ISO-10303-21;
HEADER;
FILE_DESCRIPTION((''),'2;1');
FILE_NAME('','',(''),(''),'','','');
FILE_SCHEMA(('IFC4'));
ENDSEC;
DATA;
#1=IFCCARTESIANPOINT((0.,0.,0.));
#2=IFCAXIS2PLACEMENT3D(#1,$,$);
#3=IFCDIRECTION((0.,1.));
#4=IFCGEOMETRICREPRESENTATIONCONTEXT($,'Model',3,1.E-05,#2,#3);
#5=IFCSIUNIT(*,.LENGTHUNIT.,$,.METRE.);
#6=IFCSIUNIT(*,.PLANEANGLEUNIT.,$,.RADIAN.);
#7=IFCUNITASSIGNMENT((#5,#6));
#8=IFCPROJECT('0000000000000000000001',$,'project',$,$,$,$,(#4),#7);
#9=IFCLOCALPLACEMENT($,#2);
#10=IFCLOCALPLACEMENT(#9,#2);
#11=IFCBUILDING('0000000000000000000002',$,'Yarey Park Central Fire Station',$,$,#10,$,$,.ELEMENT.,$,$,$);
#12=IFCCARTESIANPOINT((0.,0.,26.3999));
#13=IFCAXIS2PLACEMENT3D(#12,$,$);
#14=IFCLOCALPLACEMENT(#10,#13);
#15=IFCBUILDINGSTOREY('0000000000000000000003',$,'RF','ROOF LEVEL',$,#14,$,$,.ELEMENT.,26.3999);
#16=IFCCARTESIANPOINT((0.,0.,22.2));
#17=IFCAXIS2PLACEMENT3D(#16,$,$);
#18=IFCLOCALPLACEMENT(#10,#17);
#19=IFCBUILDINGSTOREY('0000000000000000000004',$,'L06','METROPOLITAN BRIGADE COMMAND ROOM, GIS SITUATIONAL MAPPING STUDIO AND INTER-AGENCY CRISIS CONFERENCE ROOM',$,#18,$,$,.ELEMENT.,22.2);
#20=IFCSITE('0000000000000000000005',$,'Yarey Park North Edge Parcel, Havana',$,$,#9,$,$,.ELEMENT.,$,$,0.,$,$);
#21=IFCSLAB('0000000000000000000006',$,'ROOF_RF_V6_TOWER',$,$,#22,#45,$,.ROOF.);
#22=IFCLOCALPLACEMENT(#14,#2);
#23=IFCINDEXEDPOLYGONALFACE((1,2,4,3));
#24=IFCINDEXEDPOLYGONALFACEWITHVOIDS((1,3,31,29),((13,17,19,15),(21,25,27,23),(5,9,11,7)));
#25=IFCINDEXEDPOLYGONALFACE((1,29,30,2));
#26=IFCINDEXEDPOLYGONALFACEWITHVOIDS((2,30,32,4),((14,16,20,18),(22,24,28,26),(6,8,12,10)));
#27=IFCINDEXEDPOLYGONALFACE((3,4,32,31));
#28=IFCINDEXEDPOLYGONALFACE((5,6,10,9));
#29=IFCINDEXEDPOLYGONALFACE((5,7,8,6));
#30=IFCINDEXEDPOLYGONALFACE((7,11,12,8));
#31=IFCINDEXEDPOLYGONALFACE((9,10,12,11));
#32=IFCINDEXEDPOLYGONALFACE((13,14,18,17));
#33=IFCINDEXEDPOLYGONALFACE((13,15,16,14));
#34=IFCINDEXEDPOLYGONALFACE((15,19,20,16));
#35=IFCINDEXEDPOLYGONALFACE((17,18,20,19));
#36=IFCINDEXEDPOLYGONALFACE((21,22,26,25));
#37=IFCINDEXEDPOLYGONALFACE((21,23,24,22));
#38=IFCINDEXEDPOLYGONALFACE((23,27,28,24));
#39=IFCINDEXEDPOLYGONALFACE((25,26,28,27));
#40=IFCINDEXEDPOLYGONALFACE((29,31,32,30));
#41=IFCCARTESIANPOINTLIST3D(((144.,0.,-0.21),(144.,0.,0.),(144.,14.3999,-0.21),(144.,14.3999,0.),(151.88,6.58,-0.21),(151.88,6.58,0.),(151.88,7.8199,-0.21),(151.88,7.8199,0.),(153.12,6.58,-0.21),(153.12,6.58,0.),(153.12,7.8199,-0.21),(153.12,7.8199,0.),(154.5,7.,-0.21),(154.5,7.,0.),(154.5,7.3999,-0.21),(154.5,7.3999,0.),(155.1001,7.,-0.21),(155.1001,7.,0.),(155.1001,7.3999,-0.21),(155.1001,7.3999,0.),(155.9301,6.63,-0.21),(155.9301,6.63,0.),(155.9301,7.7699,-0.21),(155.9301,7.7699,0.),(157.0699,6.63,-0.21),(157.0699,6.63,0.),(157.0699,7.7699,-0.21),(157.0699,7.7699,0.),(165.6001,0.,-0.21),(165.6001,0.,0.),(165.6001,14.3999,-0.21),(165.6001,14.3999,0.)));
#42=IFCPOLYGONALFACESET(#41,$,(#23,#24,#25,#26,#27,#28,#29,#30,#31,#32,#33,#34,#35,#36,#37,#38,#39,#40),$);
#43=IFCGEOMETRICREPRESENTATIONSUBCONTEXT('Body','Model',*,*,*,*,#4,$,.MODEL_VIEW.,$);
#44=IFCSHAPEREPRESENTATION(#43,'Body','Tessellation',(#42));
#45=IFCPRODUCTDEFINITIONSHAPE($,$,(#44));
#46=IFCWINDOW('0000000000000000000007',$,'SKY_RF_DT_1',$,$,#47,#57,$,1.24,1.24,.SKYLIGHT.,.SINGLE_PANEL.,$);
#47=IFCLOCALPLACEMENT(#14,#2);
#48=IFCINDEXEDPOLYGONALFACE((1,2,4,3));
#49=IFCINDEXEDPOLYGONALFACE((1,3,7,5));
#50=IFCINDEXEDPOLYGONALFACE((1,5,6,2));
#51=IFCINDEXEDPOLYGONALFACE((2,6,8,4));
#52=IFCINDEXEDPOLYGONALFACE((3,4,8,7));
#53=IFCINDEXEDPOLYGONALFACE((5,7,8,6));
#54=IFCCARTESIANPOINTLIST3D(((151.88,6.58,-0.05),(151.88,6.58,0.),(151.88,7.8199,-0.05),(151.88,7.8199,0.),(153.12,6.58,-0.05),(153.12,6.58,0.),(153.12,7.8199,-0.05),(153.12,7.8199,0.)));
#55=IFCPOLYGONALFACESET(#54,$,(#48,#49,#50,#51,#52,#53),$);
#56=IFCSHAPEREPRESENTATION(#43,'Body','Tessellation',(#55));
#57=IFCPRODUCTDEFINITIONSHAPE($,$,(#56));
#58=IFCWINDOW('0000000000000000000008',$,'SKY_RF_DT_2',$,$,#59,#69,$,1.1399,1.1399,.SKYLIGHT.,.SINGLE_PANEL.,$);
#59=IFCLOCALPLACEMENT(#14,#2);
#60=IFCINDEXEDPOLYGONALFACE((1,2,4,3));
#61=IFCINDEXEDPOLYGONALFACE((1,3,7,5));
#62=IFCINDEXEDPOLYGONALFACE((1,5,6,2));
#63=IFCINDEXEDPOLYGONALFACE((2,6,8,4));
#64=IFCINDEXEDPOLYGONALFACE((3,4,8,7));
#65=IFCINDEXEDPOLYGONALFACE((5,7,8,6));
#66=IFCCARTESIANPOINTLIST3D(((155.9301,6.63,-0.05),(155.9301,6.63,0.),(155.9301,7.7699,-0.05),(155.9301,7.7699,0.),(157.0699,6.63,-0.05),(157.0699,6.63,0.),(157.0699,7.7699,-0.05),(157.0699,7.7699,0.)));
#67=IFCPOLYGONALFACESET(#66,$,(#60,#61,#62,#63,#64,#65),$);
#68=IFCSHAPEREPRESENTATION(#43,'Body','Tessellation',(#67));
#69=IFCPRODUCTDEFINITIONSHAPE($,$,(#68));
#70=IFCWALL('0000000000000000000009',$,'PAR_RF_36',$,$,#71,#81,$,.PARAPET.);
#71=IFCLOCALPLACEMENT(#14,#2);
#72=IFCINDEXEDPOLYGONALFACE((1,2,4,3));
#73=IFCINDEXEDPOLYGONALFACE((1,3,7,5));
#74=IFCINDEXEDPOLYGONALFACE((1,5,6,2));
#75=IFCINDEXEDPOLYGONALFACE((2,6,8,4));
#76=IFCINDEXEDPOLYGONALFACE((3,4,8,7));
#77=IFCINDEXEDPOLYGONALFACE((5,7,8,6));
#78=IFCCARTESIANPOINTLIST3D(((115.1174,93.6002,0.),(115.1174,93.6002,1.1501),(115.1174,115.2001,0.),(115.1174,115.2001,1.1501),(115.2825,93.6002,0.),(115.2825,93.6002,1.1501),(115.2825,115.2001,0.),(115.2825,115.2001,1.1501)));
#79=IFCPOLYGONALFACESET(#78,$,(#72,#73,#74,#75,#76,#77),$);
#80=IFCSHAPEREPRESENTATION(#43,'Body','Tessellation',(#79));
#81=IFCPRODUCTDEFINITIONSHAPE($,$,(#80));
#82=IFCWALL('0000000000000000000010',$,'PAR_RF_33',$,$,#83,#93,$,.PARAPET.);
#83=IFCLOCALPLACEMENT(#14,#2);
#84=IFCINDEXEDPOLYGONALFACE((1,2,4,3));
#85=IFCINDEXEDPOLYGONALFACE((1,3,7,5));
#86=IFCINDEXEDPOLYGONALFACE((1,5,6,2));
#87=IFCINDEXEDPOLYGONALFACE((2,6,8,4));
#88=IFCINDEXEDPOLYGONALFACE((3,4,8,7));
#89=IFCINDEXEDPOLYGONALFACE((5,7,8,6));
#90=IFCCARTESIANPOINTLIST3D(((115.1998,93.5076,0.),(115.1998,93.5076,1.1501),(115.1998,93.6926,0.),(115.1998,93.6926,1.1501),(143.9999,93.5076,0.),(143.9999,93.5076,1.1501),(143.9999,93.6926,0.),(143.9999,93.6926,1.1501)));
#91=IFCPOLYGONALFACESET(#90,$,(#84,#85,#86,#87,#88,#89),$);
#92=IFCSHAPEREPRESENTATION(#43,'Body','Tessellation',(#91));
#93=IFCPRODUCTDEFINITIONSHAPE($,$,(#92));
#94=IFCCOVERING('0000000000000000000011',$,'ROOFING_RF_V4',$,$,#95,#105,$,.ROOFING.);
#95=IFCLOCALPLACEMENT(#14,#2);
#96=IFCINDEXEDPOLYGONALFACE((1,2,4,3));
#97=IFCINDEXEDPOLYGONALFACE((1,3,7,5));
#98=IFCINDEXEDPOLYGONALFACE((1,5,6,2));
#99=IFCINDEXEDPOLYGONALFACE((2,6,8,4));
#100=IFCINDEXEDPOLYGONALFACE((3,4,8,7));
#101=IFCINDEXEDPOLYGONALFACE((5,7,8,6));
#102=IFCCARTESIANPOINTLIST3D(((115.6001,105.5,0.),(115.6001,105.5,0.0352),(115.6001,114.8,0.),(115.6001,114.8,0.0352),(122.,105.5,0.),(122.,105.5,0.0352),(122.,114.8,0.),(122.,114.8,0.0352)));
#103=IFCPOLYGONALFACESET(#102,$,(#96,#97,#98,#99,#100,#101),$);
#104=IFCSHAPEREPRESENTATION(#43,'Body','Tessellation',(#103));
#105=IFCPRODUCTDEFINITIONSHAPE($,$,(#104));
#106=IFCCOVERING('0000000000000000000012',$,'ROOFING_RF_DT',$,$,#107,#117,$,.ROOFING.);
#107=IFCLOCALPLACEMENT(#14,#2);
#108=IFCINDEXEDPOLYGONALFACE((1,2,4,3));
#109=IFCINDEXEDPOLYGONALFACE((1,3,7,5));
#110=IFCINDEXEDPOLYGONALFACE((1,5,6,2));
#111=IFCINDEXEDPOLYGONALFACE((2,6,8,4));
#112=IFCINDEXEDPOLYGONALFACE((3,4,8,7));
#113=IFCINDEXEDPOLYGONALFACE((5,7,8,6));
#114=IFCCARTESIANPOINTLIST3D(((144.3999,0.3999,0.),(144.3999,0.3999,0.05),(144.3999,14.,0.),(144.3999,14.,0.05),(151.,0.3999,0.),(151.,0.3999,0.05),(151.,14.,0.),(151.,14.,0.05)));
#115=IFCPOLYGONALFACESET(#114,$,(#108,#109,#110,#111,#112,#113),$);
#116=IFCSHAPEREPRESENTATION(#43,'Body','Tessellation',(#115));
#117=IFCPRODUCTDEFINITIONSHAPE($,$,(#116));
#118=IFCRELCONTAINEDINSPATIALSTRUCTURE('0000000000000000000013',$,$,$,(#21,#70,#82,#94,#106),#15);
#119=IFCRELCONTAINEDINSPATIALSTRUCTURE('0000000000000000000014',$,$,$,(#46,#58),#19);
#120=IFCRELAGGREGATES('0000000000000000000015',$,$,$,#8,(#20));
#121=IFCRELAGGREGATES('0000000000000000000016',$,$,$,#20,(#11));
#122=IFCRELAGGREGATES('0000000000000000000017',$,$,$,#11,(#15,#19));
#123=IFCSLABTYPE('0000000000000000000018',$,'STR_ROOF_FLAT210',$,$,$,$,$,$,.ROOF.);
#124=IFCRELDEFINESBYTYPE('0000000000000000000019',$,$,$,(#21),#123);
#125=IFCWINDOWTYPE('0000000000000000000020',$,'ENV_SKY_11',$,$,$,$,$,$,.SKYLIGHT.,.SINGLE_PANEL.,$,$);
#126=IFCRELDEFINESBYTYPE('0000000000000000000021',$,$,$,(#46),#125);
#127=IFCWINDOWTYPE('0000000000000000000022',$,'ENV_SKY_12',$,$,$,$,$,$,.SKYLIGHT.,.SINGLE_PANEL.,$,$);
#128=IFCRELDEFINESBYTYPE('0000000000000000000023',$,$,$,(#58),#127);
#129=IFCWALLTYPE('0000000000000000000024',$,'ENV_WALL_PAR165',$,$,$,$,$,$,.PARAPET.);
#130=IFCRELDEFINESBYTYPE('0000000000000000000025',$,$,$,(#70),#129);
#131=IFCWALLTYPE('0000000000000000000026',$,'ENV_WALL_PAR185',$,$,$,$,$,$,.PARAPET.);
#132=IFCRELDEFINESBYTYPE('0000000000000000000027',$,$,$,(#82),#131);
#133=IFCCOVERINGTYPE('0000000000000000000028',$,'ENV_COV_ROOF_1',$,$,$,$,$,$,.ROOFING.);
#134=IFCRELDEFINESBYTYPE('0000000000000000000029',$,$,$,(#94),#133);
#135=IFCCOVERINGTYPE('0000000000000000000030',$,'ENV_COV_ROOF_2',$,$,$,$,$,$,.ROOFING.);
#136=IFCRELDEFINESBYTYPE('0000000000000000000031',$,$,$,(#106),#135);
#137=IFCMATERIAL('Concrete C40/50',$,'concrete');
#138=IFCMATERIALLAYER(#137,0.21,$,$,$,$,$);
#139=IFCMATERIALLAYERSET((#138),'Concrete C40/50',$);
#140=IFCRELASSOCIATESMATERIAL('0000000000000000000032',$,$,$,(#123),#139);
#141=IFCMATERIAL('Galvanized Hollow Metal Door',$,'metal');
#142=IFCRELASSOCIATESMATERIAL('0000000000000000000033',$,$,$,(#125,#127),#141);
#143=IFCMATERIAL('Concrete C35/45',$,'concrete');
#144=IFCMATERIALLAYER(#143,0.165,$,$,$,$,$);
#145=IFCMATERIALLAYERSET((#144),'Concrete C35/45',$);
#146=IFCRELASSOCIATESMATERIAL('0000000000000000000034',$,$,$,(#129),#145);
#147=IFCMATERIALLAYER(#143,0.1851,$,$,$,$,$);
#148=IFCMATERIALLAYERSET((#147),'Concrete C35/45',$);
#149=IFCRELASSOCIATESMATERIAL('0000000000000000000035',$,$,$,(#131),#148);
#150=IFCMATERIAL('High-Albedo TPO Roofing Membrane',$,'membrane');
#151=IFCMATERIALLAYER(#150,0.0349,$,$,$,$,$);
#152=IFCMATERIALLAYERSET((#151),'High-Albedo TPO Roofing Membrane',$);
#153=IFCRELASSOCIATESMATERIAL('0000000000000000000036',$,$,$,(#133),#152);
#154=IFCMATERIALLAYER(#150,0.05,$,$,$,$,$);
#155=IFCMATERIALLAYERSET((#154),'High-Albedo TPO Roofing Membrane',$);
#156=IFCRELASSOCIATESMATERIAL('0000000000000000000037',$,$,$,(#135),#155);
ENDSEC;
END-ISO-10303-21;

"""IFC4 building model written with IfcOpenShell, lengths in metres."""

from ifc_helpers import new_model, si_unit, direction, frame, frame_2d, origin, origin_2d, place, context, subcontext, project, spatial, polyline, rectangle, outline, extrude, material, layer, layer_set, type_object, element, fill, save


model = new_model("IFC4")

# Units and contexts
model_context = context("Model", 3, precision=1e-05, world=origin(), true_north=direction((0.0, 1.0)))
body_context = subcontext(model_context, "Body", "Model", "MODEL_VIEW")
ifc_project = project(units=[si_unit("LENGTHUNIT", "METRE"), si_unit("PLANEANGLEUNIT", "RADIAN")], contexts=[model_context])

# Site, building, storey
site_placement = place(None, origin())
site = spatial("IfcSite", under=ifc_project, at=site_placement, Name="Yarey Park North Edge Parcel, Havana", CompositionType="ELEMENT", RefElevation=0.0)
building_placement = place(site_placement, origin())
building = spatial("IfcBuilding", under=site, at=building_placement, Name="Yarey Park Central Fire Station", CompositionType="ELEMENT")
storey_1_placement = place(building_placement, frame((0.0, 0.0, 26.3999)))
storey_1 = spatial("IfcBuildingStorey", under=building, at=storey_1_placement, Name="RF", Description="ROOF LEVEL", CompositionType="ELEMENT", Elevation=26.3999)

# Shared definitions
ifc_material_1 = material(Name="Concrete C40/50", Category="concrete")
ifc_layer_1 = layer(ifc_material_1, 0.21)
ifc_layer_set_1 = layer_set([ifc_layer_1], Name="Concrete C40/50")
slab_type = type_object("IfcSlabType", Name="STR_ROOF_FLAT210", PredefinedType="ROOF", material=ifc_layer_set_1)

# Shared definitions
storey_2_placement = place(building_placement, frame((0.0, 0.0, 22.2)))
storey_2 = spatial("IfcBuildingStorey", under=building, at=storey_2_placement, Name="L06", Description="METROPOLITAN BRIGADE COMMAND ROOM, GIS SITUATIONAL MAPPING STUDIO AND INTER-AGENCY CRISIS CONFERENCE ROOM", CompositionType="ELEMENT", Elevation=22.2)

# Slab, openings, windows
slab_1_placement = place(storey_1_placement, frame((0.0, 0.0, -0.21)))
slab_1 = element("IfcSlab", 1, at=slab_1_placement, inside=storey_1, type_object=slab_type, Name="ROOF_RF_V6_TOWER", PredefinedType="ROOF", context=body_context, shape_type="SweptSolid", body=[
    extrude(outline(polyline([(144.0, 0.0), (165.6001, 0.0), (165.6001, 14.3999), (144.0, 14.3999), (144.0, 0.0)]), holes=[polyline([(154.5, 7.0), (155.1001, 7.0), (155.1001, 7.3999), (154.5, 7.3999), (154.5, 7.0)])]), origin(), (0.0, 0.0, 1.0), 0.21),
])
opening_1_placement = place(slab_1_placement, frame((152.5, 7.2, -0.01)))
opening_1 = element("IfcOpeningElement", 2, at=opening_1_placement, cuts=slab_1, PredefinedType="OPENING", context=body_context, shape_type="SweptSolid", body=[
    extrude(rectangle(XDim=1.24, YDim=1.24, at=origin_2d()), origin(), (0.0, 0.0, 1.0), 0.23),
])
opening_2_placement = place(slab_1_placement, frame((156.5, 7.2, -0.01)))
opening_2 = element("IfcOpeningElement", 3, at=opening_2_placement, cuts=slab_1, PredefinedType="OPENING", context=body_context, shape_type="SweptSolid", body=[
    extrude(rectangle(XDim=1.1399, YDim=1.1399, at=origin_2d()), origin(), (0.0, 0.0, 1.0), 0.23),
])
ifc_material_2 = material(Name="Galvanized Hollow Metal Door", Category="metal")
window_type_1 = type_object("IfcWindowType", Name="ENV_SKY_11", PartitioningType="SINGLE_PANEL", PredefinedType="SKYLIGHT", material=ifc_material_2)
window_1_placement = place(slab_1_placement, frame((152.5, 7.2, 0.1599)))
window_1 = element("IfcWindow", 4, at=window_1_placement, inside=storey_2, type_object=window_type_1, Name="SKY_RF_DT_1", OverallHeight=1.24, OverallWidth=1.24, PartitioningType="SINGLE_PANEL", PredefinedType="SKYLIGHT", context=body_context, shape_type="SweptSolid", body=[
    extrude(rectangle(XDim=1.24, YDim=1.24, at=origin_2d()), origin(), (0.0, 0.0, 1.0), 0.05),
])
fill(opening_1, window_1)
window_type_2 = type_object("IfcWindowType", Name="ENV_SKY_12", PartitioningType="SINGLE_PANEL", PredefinedType="SKYLIGHT", material=ifc_material_2)
window_2_placement = place(slab_1_placement, frame((156.5, 7.2, 0.1599)))
window_2 = element("IfcWindow", 5, at=window_2_placement, inside=storey_2, type_object=window_type_2, Name="SKY_RF_DT_2", OverallHeight=1.1399, OverallWidth=1.1399, PartitioningType="SINGLE_PANEL", PredefinedType="SKYLIGHT", context=body_context, shape_type="SweptSolid", body=[
    extrude(rectangle(XDim=1.1399, YDim=1.1399, at=origin_2d()), origin(), (0.0, 0.0, 1.0), 0.05),
])
fill(opening_2, window_2)

# Walls
ifc_material_3 = material(Name="Concrete C35/45", Category="concrete")
ifc_layer_2 = layer(ifc_material_3, 0.165)
ifc_layer_set_2 = layer_set([ifc_layer_2], Name="Concrete C35/45")
wall_type_1 = type_object("IfcWallType", Name="ENV_WALL_PAR165", PredefinedType="PARAPET", material=ifc_layer_set_2)
wall_1_placement = place(storey_1_placement, frame((115.2, 115.2, 0.0), z_axis=(0.0, 0.0, 1.0), x_axis=(0.0, -1.0, 0.0)))
element("IfcWall", 6, at=wall_1_placement, inside=storey_1, type_object=wall_type_1, Name="PAR_RF_36", PredefinedType="PARAPET", context=body_context, shape_type="SweptSolid", body=[
    extrude(rectangle(XDim=21.5999, YDim=0.165, at=frame_2d((10.7998, 0.0))), origin(), (0.0, 0.0, 1.0), 1.1501),
])
ifc_layer_3 = layer(ifc_material_3, 0.1851)
ifc_layer_set_3 = layer_set([ifc_layer_3], Name="Concrete C35/45")
wall_type_2 = type_object("IfcWallType", Name="ENV_WALL_PAR185", PredefinedType="PARAPET", material=ifc_layer_set_3)
wall_2_placement = place(storey_1_placement, frame((115.2, 93.6001, 0.0), z_axis=(0.0, 0.0, 1.0), x_axis=(1.0, 0.0, 0.0)))
element("IfcWall", 7, at=wall_2_placement, inside=storey_1, type_object=wall_type_2, Name="PAR_RF_33", PredefinedType="PARAPET", context=body_context, shape_type="SweptSolid", body=[
    extrude(rectangle(XDim=28.8, YDim=0.1851, at=frame_2d((14.3999, 0.0))), origin(), (0.0, 0.0, 1.0), 1.1501),
])

# Coverings
ifc_material_4 = material(Name="High-Albedo TPO Roofing Membrane", Category="membrane")
ifc_layer_4 = layer(ifc_material_4, 0.0349)
ifc_layer_set_4 = layer_set([ifc_layer_4], Name="High-Albedo TPO Roofing Membrane")
covering_type_1 = type_object("IfcCoveringType", Name="ENV_COV_ROOF_1", PredefinedType="ROOFING", material=ifc_layer_set_4)
covering_1_placement = place(storey_1_placement, origin())
element("IfcCovering", 8, at=covering_1_placement, inside=storey_1, type_object=covering_type_1, Name="ROOFING_RF_V4", PredefinedType="ROOFING", context=body_context, shape_type="SweptSolid", body=[
    extrude(outline(polyline([(115.6001, 105.5), (122.0, 105.5), (122.0, 114.8), (115.6001, 114.8), (115.6001, 105.5)])), origin(), (0.0, 0.0, 1.0), 0.0352),
])
ifc_layer_5 = layer(ifc_material_4, 0.05)
ifc_layer_set_5 = layer_set([ifc_layer_5], Name="High-Albedo TPO Roofing Membrane")
covering_type_2 = type_object("IfcCoveringType", Name="ENV_COV_ROOF_2", PredefinedType="ROOFING", material=ifc_layer_set_5)
covering_2_placement = place(storey_1_placement, origin())
element("IfcCovering", 9, at=covering_2_placement, inside=storey_1, type_object=covering_type_2, Name="ROOFING_RF_DT", PredefinedType="ROOFING", context=body_context, shape_type="SweptSolid", body=[
    extrude(outline(polyline([(144.3999, 0.3999), (151.0, 0.3999), (151.0, 14.0), (144.3999, 14.0), (144.3999, 0.3999)])), origin(), (0.0, 0.0, 1.0), 0.05),
])

save(model, "model.ifc")
